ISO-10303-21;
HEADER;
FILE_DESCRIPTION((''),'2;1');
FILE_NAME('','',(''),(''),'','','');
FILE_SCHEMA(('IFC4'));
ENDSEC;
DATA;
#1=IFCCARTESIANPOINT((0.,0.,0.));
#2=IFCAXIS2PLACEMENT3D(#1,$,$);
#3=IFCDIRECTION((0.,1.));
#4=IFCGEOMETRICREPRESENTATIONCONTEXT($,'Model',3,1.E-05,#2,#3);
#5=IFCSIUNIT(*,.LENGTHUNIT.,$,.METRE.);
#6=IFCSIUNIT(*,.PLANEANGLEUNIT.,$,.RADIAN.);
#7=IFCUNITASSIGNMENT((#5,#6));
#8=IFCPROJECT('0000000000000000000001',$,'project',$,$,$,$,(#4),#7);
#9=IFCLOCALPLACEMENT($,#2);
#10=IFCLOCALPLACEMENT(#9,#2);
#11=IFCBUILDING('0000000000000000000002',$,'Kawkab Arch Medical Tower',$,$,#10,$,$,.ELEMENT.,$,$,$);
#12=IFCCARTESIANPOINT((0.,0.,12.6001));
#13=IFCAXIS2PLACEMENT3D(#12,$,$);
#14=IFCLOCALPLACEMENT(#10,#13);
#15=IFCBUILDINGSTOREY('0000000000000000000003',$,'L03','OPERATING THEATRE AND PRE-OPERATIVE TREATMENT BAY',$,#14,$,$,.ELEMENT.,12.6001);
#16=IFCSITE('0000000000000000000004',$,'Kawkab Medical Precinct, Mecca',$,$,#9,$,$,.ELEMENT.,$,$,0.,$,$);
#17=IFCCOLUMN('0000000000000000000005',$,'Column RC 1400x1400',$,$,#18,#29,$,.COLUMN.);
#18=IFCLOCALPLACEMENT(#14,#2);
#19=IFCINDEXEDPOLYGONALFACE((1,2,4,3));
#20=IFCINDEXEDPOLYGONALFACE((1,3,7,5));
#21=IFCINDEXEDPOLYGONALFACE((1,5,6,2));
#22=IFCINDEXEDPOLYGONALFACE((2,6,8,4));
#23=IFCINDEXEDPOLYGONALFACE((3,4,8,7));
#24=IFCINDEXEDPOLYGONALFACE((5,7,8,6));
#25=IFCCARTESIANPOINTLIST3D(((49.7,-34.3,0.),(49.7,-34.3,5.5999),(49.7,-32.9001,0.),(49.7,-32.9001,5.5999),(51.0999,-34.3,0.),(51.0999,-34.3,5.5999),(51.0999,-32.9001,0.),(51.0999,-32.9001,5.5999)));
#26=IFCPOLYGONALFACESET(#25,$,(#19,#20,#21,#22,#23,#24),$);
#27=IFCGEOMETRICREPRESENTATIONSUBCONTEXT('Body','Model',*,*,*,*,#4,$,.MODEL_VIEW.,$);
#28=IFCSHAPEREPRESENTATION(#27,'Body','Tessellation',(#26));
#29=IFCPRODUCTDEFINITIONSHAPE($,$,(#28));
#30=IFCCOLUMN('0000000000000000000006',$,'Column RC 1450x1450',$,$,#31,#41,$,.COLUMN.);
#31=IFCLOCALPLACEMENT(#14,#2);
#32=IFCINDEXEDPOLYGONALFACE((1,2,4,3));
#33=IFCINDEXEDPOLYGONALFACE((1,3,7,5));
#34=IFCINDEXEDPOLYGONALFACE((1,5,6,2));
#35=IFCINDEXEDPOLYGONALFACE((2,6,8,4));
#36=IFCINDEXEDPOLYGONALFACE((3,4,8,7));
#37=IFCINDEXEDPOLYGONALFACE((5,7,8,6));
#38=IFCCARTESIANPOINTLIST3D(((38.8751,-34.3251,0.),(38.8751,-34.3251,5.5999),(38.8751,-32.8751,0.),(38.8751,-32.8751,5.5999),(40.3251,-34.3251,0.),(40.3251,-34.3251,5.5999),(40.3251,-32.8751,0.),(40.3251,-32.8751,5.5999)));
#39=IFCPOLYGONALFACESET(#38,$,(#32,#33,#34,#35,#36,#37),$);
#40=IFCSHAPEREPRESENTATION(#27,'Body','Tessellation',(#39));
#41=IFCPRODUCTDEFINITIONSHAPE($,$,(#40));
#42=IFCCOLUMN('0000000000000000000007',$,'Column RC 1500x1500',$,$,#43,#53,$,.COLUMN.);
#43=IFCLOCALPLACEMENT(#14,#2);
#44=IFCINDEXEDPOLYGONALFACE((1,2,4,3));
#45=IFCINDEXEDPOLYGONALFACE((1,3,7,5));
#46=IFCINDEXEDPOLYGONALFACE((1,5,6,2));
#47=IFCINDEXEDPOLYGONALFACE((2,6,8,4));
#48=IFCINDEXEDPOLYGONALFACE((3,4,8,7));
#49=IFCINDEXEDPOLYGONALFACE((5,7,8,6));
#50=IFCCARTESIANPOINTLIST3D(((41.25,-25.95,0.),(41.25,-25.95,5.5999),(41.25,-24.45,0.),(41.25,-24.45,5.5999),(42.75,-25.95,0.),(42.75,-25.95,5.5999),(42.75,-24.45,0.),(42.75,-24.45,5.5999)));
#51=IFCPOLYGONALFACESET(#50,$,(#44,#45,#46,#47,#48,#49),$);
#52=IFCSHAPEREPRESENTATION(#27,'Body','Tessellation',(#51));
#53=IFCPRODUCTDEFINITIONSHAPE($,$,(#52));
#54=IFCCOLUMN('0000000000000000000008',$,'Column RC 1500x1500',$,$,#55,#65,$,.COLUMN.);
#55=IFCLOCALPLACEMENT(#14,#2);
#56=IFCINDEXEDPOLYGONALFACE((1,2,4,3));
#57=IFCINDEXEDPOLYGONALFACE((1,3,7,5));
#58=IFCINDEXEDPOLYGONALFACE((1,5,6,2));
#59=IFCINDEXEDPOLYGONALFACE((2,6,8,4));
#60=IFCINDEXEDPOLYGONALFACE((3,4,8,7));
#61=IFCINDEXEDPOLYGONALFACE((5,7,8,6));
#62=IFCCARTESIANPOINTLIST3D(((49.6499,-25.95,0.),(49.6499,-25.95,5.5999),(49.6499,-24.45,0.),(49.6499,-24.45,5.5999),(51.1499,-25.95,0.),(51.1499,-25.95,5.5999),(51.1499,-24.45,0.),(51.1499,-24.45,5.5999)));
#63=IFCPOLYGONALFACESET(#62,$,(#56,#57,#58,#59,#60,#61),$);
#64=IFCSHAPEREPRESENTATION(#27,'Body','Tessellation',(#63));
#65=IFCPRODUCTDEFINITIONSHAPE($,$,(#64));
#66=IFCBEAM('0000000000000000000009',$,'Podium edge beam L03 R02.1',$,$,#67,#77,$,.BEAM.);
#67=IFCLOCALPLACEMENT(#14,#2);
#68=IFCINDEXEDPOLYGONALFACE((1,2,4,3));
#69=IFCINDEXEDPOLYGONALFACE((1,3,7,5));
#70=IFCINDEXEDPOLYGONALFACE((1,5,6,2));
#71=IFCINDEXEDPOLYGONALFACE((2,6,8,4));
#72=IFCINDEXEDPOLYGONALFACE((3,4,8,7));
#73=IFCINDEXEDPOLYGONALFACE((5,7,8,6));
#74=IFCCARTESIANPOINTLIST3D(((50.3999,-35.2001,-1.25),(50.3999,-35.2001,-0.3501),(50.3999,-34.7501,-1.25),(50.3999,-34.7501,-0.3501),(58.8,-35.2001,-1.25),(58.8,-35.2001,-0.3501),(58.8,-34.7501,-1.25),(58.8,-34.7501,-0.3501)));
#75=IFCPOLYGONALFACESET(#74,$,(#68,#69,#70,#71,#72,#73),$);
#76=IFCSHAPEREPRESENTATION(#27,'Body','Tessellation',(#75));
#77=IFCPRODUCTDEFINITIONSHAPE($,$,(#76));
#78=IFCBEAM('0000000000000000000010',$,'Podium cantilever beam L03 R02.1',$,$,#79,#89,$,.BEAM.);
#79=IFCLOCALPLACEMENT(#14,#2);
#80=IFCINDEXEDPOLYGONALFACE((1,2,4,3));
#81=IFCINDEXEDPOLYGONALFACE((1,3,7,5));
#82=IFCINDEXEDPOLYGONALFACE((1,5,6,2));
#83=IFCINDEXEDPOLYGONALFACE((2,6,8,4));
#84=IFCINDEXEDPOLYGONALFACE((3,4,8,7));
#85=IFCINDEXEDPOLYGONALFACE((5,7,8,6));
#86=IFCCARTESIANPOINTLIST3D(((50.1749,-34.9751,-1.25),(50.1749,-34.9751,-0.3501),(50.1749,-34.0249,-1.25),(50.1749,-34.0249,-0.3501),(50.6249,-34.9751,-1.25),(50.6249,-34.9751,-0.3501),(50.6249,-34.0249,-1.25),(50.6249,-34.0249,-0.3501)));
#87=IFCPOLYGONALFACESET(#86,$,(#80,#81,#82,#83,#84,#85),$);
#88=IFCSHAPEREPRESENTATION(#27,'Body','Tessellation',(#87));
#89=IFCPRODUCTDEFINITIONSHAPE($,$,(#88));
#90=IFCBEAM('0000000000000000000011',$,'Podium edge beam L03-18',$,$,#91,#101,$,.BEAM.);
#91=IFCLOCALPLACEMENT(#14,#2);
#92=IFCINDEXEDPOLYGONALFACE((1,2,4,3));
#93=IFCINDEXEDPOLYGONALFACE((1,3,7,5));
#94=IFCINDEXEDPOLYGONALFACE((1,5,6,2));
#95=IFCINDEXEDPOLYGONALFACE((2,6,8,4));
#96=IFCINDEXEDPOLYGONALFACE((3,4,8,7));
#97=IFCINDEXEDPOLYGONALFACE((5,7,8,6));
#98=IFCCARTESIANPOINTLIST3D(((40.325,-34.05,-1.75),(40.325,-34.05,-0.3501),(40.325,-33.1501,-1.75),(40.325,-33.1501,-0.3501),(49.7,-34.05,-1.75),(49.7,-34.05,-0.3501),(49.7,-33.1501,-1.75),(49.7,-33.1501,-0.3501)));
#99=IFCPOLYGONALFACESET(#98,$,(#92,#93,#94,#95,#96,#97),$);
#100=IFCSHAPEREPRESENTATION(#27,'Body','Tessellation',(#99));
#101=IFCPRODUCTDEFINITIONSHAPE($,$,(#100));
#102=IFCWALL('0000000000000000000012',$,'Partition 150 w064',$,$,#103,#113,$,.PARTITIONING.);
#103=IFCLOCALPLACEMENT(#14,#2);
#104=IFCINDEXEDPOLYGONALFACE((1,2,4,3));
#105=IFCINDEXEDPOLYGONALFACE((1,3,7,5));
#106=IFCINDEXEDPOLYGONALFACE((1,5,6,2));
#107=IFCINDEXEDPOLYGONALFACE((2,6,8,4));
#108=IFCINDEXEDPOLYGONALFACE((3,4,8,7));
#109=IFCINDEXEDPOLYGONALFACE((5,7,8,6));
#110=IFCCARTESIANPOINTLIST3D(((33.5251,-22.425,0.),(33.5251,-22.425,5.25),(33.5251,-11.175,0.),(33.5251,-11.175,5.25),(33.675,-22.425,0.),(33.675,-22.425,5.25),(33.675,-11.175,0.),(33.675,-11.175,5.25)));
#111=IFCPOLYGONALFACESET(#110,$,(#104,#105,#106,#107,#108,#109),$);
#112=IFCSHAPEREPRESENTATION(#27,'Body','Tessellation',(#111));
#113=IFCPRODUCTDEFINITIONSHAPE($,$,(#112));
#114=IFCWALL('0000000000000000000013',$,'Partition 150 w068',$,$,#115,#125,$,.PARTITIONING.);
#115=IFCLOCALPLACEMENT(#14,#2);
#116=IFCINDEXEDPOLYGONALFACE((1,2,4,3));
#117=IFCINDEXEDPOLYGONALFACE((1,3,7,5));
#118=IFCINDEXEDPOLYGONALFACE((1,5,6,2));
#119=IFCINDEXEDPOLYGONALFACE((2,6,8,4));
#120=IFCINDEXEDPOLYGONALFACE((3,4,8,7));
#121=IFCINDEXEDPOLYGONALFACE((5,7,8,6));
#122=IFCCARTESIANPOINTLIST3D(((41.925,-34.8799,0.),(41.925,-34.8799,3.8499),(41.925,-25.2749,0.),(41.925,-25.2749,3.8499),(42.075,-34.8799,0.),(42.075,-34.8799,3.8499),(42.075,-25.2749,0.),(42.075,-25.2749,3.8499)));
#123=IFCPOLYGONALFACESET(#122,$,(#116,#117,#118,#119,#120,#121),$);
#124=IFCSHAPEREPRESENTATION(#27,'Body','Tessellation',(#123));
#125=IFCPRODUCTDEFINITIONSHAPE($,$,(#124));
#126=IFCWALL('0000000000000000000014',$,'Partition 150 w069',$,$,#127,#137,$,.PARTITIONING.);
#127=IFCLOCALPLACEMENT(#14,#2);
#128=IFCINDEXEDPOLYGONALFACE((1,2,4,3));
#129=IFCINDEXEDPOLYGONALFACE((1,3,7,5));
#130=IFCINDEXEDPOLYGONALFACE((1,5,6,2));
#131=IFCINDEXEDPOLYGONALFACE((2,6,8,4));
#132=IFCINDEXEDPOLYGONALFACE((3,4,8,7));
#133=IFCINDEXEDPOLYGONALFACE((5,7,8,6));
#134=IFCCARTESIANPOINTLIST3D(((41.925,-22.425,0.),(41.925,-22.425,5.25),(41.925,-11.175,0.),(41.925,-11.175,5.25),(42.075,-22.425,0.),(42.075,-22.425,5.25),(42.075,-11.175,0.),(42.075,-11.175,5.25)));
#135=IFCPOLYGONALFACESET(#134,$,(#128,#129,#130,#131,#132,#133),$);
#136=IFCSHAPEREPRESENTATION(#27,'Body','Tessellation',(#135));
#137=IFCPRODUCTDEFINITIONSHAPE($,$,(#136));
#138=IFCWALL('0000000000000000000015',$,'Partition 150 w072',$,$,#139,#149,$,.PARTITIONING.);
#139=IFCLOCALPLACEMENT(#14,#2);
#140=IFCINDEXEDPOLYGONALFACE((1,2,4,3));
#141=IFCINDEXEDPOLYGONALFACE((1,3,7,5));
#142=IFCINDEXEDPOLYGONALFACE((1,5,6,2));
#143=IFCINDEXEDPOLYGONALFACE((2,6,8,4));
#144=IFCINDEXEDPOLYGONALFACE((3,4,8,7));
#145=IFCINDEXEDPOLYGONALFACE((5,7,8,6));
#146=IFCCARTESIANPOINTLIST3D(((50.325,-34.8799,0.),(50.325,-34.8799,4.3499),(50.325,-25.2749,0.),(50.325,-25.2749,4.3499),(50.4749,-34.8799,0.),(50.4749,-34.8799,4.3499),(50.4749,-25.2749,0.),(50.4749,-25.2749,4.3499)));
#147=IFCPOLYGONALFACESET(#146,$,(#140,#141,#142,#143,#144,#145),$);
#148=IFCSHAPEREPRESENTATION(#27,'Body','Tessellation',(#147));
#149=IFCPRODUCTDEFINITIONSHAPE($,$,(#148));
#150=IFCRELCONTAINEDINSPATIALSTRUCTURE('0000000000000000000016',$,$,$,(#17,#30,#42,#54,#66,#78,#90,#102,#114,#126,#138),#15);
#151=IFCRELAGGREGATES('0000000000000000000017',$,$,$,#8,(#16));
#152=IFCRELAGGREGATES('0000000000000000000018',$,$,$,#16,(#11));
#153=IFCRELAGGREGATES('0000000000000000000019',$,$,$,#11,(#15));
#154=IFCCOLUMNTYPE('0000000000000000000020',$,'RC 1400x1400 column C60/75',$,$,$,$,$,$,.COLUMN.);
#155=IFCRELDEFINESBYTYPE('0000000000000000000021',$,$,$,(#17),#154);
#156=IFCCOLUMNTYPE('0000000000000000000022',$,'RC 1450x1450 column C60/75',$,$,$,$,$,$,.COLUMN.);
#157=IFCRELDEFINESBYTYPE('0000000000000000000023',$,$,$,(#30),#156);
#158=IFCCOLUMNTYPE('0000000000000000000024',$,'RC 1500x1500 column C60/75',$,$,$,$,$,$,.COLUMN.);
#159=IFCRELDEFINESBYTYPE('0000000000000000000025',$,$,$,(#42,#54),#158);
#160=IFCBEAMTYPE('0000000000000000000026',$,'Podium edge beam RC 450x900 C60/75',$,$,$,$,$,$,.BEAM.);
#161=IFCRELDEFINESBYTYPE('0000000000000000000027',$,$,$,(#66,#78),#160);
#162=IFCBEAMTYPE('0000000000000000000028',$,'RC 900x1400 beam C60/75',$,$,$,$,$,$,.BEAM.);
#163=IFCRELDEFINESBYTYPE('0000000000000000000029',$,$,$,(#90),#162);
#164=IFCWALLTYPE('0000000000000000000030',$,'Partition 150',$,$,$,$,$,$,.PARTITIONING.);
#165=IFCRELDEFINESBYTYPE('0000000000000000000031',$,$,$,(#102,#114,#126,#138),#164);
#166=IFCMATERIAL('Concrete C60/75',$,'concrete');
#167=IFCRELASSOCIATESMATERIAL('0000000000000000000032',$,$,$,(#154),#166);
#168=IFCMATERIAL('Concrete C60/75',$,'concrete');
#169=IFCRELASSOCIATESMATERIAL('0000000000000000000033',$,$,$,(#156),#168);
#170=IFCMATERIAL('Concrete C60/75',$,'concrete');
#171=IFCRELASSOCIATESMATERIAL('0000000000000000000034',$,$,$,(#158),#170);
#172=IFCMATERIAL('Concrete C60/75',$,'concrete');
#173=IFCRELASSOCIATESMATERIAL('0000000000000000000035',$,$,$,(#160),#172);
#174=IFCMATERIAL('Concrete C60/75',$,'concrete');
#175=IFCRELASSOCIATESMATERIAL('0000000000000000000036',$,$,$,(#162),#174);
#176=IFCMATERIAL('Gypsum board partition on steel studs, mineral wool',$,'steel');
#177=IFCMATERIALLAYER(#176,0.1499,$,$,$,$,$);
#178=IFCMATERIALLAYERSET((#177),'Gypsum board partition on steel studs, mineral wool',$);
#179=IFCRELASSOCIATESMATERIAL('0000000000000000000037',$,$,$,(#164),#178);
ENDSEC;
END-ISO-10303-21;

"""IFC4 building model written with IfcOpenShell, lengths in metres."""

from ifc_helpers import new_model, si_unit, direction, frame, frame_2d, origin, origin_2d, place, context, subcontext, project, spatial, rectangle, extrude, material, layer, layer_set, material_profile, profile_set, type_object, element, save


model = new_model("IFC4")

# Units and contexts
model_context = context("Model", 3, precision=1e-05, world=origin(), true_north=direction((0.0, 1.0)))
body_context = subcontext(model_context, "Body", "Model", "MODEL_VIEW")
ifc_project = project(units=[si_unit("LENGTHUNIT", "METRE"), si_unit("PLANEANGLEUNIT", "RADIAN")], contexts=[model_context])

# Site, building, storey
site_placement = place(None, origin())
site = spatial("IfcSite", under=ifc_project, at=site_placement, Name="Kawkab Medical Precinct, Mecca", CompositionType="ELEMENT", RefElevation=0.0)
building_placement = place(site_placement, origin())
building = spatial("IfcBuilding", under=site, at=building_placement, Name="Kawkab Arch Medical Tower", CompositionType="ELEMENT")
storey_placement = place(building_placement, frame((0.0, 0.0, 12.6001)))
storey = spatial("IfcBuildingStorey", under=building, at=storey_placement, Name="L03", Description="OPERATING THEATRE AND PRE-OPERATIVE TREATMENT BAY", CompositionType="ELEMENT", Elevation=12.6001)

# Columns
ifc_material_1 = material(Name="Concrete C60/75", Category="concrete")
ifc_material_profile_1 = material_profile(ifc_material_1, rectangle(XDim=1.3999, YDim=1.3999, at=origin_2d()), Name="RC 1400x1400")
ifc_profile_set_1 = profile_set([ifc_material_profile_1], Name="Concrete C60/75")
column_type_1 = type_object("IfcColumnType", Name="RC 1400x1400 column C60/75", PredefinedType="COLUMN", material=ifc_profile_set_1)
column_1_placement = place(storey_placement, frame((50.3999, -33.6001, 0.0), z_axis=(0.0, 0.0, 1.0), x_axis=(1.0, 0.0, 0.0)))
element("IfcColumn", 1, at=column_1_placement, inside=storey, type_object=column_type_1, Name="Column RC 1400x1400", PredefinedType="COLUMN", context=body_context, shape_type="SweptSolid", body=[
    extrude(rectangle(XDim=1.3999, YDim=1.3999, at=origin_2d()), origin(), (0.0, 0.0, 1.0), 5.5999),
])
ifc_material_2 = material(Name="Concrete C60/75", Category="concrete")
ifc_material_profile_2 = material_profile(ifc_material_2, rectangle(XDim=1.45, YDim=1.45, at=origin_2d()), Name="RC 1450x1450")
ifc_profile_set_2 = profile_set([ifc_material_profile_2], Name="Concrete C60/75")
column_type_2 = type_object("IfcColumnType", Name="RC 1450x1450 column C60/75", PredefinedType="COLUMN", material=ifc_profile_set_2)
column_2_placement = place(storey_placement, frame((39.6001, -33.6001, 0.0), z_axis=(0.0, 0.0, 1.0), x_axis=(1.0, 0.0, 0.0)))
element("IfcColumn", 2, at=column_2_placement, inside=storey, type_object=column_type_2, Name="Column RC 1450x1450", PredefinedType="COLUMN", context=body_context, shape_type="SweptSolid", body=[
    extrude(rectangle(XDim=1.45, YDim=1.45, at=origin_2d()), origin(), (0.0, 0.0, 1.0), 5.5999),
])
ifc_material_3 = material(Name="Concrete C60/75", Category="concrete")
ifc_material_profile_3 = material_profile(ifc_material_3, rectangle(XDim=1.5, YDim=1.5, at=origin_2d()), Name="RC 1500x1500")
ifc_profile_set_3 = profile_set([ifc_material_profile_3], Name="Concrete C60/75")
column_type_3 = type_object("IfcColumnType", Name="RC 1500x1500 column C60/75", PredefinedType="COLUMN", material=ifc_profile_set_3)
for number, where, z_axis, x_axis, name in (
    (3, (42.0, -25.2, 0.0), (0.0, 0.0, 1.0), (1.0, 0.0, 0.0), "Column RC 1500x1500"),
    (4, (50.3999, -25.2, 0.0), (0.0, 0.0, 1.0), (1.0, 0.0, 0.0), "Column RC 1500x1500"),
):
    element("IfcColumn", number, at=place(storey_placement, frame(where, z_axis=z_axis, x_axis=x_axis)), inside=storey, type_object=column_type_3, Name=name, PredefinedType="COLUMN", context=body_context, shape_type="SweptSolid", body=[
        extrude(rectangle(XDim=1.5, YDim=1.5, at=origin_2d()), origin(), (0.0, 0.0, 1.0), 5.5999),
    ])

# Beams
ifc_material_4 = material(Name="Concrete C60/75", Category="concrete")
ifc_material_profile_4 = material_profile(ifc_material_4, rectangle(XDim=0.45, YDim=0.8999, at=origin_2d()), Name="RC 450x900")
ifc_profile_set_4 = profile_set([ifc_material_profile_4], Name="Concrete C60/75")
beam_type_1 = type_object("IfcBeamType", Name="Podium edge beam RC 450x900 C60/75", PredefinedType="BEAM", material=ifc_profile_set_4)
beam_1_placement = place(storey_placement, frame((50.3999, -34.9751, -0.8), z_axis=(1.0, 0.0, 0.0), x_axis=(0.0, 1.0, 0.0)))
element("IfcBeam", 5, at=beam_1_placement, inside=storey, type_object=beam_type_1, Name="Podium edge beam L03 R02.1", PredefinedType="BEAM", context=body_context, shape_type="SweptSolid", body=[
    extrude(rectangle(XDim=0.45, YDim=0.8999, at=origin_2d()), origin(), (0.0, 0.0, 1.0), 8.4001),
])
beam_2_placement = place(storey_placement, frame((50.3999, -34.0249, -0.8), z_axis=(0.0, -1.0, 0.0), x_axis=(1.0, 0.0, 0.0)))
element("IfcBeam", 6, at=beam_2_placement, inside=storey, type_object=beam_type_1, Name="Podium cantilever beam L03 R02.1", PredefinedType="BEAM", context=body_context, shape_type="SweptSolid", body=[
    extrude(rectangle(XDim=0.45, YDim=0.8999, at=origin_2d()), origin(), (0.0, 0.0, 1.0), 0.9502),
])
ifc_material_5 = material(Name="Concrete C60/75", Category="concrete")
ifc_material_profile_5 = material_profile(ifc_material_5, rectangle(XDim=0.8999, YDim=1.3999, at=origin_2d()), Name="RC 900x1400")
ifc_profile_set_5 = profile_set([ifc_material_profile_5], Name="Concrete C60/75")
beam_type_2 = type_object("IfcBeamType", Name="RC 900x1400 beam C60/75", PredefinedType="BEAM", material=ifc_profile_set_5)
beam_3_placement = place(storey_placement, frame((40.325, -33.6001, -1.05), z_axis=(1.0, 0.0, 0.0), x_axis=(0.0, 1.0, 0.0)))
element("IfcBeam", 7, at=beam_3_placement, inside=storey, type_object=beam_type_2, Name="Podium edge beam L03-18", PredefinedType="BEAM", context=body_context, shape_type="SweptSolid", body=[
    extrude(rectangle(XDim=0.8999, YDim=1.3999, at=origin_2d()), origin(), (0.0, 0.0, 1.0), 9.375),
])

# Walls
ifc_material_6 = material(Name="Gypsum board partition on steel studs, mineral wool", Category="steel")
ifc_layer_1 = layer(ifc_material_6, 0.1499)
ifc_layer_set_1 = layer_set([ifc_layer_1], Name="Gypsum board partition on steel studs, mineral wool")
wall_type_1 = type_object("IfcWallType", Name="Partition 150", PredefinedType="PARTITIONING", material=ifc_layer_set_1)
wall_1_placement = place(storey_placement, frame((33.6001, -22.425, 0.0), z_axis=(0.0, 0.0, 1.0), x_axis=(0.0, 1.0, 0.0)))
element("IfcWall", 8, at=wall_1_placement, inside=storey, type_object=wall_type_1, Name="Partition 150 w064", PredefinedType="PARTITIONING", context=body_context, shape_type="SweptSolid", body=[
    extrude(rectangle(XDim=11.25, YDim=0.1499, at=frame_2d((5.625, 0.0))), origin(), (0.0, 0.0, 1.0), 5.25),
])
wall_2_placement = place(storey_placement, frame((42.0, -34.8799, 0.0), z_axis=(0.0, 0.0, 1.0), x_axis=(0.0, 1.0, 0.0)))
element("IfcWall", 9, at=wall_2_placement, inside=storey, type_object=wall_type_1, Name="Partition 150 w068", PredefinedType="PARTITIONING", context=body_context, shape_type="SweptSolid", body=[
    extrude(rectangle(XDim=9.605, YDim=0.1499, at=frame_2d((4.8025, 0.0))), origin(), (0.0, 0.0, 1.0), 3.8499),
])
wall_3_placement = place(storey_placement, frame((42.0, -22.425, 0.0), z_axis=(0.0, 0.0, 1.0), x_axis=(0.0, 1.0, 0.0)))
element("IfcWall", 10, at=wall_3_placement, inside=storey, type_object=wall_type_1, Name="Partition 150 w069", PredefinedType="PARTITIONING", context=body_context, shape_type="SweptSolid", body=[
    extrude(rectangle(XDim=11.25, YDim=0.1499, at=frame_2d((5.625, 0.0))), origin(), (0.0, 0.0, 1.0), 5.25),
])
wall_4_placement = place(storey_placement, frame((50.3999, -34.8799, 0.0), z_axis=(0.0, 0.0, 1.0), x_axis=(0.0, 1.0, 0.0)))
element("IfcWall", 11, at=wall_4_placement, inside=storey, type_object=wall_type_1, Name="Partition 150 w072", PredefinedType="PARTITIONING", context=body_context, shape_type="SweptSolid", body=[
    extrude(rectangle(XDim=9.605, YDim=0.1499, at=frame_2d((4.8025, 0.0))), origin(), (0.0, 0.0, 1.0), 4.3499),
])

save(model, "model.ifc")
